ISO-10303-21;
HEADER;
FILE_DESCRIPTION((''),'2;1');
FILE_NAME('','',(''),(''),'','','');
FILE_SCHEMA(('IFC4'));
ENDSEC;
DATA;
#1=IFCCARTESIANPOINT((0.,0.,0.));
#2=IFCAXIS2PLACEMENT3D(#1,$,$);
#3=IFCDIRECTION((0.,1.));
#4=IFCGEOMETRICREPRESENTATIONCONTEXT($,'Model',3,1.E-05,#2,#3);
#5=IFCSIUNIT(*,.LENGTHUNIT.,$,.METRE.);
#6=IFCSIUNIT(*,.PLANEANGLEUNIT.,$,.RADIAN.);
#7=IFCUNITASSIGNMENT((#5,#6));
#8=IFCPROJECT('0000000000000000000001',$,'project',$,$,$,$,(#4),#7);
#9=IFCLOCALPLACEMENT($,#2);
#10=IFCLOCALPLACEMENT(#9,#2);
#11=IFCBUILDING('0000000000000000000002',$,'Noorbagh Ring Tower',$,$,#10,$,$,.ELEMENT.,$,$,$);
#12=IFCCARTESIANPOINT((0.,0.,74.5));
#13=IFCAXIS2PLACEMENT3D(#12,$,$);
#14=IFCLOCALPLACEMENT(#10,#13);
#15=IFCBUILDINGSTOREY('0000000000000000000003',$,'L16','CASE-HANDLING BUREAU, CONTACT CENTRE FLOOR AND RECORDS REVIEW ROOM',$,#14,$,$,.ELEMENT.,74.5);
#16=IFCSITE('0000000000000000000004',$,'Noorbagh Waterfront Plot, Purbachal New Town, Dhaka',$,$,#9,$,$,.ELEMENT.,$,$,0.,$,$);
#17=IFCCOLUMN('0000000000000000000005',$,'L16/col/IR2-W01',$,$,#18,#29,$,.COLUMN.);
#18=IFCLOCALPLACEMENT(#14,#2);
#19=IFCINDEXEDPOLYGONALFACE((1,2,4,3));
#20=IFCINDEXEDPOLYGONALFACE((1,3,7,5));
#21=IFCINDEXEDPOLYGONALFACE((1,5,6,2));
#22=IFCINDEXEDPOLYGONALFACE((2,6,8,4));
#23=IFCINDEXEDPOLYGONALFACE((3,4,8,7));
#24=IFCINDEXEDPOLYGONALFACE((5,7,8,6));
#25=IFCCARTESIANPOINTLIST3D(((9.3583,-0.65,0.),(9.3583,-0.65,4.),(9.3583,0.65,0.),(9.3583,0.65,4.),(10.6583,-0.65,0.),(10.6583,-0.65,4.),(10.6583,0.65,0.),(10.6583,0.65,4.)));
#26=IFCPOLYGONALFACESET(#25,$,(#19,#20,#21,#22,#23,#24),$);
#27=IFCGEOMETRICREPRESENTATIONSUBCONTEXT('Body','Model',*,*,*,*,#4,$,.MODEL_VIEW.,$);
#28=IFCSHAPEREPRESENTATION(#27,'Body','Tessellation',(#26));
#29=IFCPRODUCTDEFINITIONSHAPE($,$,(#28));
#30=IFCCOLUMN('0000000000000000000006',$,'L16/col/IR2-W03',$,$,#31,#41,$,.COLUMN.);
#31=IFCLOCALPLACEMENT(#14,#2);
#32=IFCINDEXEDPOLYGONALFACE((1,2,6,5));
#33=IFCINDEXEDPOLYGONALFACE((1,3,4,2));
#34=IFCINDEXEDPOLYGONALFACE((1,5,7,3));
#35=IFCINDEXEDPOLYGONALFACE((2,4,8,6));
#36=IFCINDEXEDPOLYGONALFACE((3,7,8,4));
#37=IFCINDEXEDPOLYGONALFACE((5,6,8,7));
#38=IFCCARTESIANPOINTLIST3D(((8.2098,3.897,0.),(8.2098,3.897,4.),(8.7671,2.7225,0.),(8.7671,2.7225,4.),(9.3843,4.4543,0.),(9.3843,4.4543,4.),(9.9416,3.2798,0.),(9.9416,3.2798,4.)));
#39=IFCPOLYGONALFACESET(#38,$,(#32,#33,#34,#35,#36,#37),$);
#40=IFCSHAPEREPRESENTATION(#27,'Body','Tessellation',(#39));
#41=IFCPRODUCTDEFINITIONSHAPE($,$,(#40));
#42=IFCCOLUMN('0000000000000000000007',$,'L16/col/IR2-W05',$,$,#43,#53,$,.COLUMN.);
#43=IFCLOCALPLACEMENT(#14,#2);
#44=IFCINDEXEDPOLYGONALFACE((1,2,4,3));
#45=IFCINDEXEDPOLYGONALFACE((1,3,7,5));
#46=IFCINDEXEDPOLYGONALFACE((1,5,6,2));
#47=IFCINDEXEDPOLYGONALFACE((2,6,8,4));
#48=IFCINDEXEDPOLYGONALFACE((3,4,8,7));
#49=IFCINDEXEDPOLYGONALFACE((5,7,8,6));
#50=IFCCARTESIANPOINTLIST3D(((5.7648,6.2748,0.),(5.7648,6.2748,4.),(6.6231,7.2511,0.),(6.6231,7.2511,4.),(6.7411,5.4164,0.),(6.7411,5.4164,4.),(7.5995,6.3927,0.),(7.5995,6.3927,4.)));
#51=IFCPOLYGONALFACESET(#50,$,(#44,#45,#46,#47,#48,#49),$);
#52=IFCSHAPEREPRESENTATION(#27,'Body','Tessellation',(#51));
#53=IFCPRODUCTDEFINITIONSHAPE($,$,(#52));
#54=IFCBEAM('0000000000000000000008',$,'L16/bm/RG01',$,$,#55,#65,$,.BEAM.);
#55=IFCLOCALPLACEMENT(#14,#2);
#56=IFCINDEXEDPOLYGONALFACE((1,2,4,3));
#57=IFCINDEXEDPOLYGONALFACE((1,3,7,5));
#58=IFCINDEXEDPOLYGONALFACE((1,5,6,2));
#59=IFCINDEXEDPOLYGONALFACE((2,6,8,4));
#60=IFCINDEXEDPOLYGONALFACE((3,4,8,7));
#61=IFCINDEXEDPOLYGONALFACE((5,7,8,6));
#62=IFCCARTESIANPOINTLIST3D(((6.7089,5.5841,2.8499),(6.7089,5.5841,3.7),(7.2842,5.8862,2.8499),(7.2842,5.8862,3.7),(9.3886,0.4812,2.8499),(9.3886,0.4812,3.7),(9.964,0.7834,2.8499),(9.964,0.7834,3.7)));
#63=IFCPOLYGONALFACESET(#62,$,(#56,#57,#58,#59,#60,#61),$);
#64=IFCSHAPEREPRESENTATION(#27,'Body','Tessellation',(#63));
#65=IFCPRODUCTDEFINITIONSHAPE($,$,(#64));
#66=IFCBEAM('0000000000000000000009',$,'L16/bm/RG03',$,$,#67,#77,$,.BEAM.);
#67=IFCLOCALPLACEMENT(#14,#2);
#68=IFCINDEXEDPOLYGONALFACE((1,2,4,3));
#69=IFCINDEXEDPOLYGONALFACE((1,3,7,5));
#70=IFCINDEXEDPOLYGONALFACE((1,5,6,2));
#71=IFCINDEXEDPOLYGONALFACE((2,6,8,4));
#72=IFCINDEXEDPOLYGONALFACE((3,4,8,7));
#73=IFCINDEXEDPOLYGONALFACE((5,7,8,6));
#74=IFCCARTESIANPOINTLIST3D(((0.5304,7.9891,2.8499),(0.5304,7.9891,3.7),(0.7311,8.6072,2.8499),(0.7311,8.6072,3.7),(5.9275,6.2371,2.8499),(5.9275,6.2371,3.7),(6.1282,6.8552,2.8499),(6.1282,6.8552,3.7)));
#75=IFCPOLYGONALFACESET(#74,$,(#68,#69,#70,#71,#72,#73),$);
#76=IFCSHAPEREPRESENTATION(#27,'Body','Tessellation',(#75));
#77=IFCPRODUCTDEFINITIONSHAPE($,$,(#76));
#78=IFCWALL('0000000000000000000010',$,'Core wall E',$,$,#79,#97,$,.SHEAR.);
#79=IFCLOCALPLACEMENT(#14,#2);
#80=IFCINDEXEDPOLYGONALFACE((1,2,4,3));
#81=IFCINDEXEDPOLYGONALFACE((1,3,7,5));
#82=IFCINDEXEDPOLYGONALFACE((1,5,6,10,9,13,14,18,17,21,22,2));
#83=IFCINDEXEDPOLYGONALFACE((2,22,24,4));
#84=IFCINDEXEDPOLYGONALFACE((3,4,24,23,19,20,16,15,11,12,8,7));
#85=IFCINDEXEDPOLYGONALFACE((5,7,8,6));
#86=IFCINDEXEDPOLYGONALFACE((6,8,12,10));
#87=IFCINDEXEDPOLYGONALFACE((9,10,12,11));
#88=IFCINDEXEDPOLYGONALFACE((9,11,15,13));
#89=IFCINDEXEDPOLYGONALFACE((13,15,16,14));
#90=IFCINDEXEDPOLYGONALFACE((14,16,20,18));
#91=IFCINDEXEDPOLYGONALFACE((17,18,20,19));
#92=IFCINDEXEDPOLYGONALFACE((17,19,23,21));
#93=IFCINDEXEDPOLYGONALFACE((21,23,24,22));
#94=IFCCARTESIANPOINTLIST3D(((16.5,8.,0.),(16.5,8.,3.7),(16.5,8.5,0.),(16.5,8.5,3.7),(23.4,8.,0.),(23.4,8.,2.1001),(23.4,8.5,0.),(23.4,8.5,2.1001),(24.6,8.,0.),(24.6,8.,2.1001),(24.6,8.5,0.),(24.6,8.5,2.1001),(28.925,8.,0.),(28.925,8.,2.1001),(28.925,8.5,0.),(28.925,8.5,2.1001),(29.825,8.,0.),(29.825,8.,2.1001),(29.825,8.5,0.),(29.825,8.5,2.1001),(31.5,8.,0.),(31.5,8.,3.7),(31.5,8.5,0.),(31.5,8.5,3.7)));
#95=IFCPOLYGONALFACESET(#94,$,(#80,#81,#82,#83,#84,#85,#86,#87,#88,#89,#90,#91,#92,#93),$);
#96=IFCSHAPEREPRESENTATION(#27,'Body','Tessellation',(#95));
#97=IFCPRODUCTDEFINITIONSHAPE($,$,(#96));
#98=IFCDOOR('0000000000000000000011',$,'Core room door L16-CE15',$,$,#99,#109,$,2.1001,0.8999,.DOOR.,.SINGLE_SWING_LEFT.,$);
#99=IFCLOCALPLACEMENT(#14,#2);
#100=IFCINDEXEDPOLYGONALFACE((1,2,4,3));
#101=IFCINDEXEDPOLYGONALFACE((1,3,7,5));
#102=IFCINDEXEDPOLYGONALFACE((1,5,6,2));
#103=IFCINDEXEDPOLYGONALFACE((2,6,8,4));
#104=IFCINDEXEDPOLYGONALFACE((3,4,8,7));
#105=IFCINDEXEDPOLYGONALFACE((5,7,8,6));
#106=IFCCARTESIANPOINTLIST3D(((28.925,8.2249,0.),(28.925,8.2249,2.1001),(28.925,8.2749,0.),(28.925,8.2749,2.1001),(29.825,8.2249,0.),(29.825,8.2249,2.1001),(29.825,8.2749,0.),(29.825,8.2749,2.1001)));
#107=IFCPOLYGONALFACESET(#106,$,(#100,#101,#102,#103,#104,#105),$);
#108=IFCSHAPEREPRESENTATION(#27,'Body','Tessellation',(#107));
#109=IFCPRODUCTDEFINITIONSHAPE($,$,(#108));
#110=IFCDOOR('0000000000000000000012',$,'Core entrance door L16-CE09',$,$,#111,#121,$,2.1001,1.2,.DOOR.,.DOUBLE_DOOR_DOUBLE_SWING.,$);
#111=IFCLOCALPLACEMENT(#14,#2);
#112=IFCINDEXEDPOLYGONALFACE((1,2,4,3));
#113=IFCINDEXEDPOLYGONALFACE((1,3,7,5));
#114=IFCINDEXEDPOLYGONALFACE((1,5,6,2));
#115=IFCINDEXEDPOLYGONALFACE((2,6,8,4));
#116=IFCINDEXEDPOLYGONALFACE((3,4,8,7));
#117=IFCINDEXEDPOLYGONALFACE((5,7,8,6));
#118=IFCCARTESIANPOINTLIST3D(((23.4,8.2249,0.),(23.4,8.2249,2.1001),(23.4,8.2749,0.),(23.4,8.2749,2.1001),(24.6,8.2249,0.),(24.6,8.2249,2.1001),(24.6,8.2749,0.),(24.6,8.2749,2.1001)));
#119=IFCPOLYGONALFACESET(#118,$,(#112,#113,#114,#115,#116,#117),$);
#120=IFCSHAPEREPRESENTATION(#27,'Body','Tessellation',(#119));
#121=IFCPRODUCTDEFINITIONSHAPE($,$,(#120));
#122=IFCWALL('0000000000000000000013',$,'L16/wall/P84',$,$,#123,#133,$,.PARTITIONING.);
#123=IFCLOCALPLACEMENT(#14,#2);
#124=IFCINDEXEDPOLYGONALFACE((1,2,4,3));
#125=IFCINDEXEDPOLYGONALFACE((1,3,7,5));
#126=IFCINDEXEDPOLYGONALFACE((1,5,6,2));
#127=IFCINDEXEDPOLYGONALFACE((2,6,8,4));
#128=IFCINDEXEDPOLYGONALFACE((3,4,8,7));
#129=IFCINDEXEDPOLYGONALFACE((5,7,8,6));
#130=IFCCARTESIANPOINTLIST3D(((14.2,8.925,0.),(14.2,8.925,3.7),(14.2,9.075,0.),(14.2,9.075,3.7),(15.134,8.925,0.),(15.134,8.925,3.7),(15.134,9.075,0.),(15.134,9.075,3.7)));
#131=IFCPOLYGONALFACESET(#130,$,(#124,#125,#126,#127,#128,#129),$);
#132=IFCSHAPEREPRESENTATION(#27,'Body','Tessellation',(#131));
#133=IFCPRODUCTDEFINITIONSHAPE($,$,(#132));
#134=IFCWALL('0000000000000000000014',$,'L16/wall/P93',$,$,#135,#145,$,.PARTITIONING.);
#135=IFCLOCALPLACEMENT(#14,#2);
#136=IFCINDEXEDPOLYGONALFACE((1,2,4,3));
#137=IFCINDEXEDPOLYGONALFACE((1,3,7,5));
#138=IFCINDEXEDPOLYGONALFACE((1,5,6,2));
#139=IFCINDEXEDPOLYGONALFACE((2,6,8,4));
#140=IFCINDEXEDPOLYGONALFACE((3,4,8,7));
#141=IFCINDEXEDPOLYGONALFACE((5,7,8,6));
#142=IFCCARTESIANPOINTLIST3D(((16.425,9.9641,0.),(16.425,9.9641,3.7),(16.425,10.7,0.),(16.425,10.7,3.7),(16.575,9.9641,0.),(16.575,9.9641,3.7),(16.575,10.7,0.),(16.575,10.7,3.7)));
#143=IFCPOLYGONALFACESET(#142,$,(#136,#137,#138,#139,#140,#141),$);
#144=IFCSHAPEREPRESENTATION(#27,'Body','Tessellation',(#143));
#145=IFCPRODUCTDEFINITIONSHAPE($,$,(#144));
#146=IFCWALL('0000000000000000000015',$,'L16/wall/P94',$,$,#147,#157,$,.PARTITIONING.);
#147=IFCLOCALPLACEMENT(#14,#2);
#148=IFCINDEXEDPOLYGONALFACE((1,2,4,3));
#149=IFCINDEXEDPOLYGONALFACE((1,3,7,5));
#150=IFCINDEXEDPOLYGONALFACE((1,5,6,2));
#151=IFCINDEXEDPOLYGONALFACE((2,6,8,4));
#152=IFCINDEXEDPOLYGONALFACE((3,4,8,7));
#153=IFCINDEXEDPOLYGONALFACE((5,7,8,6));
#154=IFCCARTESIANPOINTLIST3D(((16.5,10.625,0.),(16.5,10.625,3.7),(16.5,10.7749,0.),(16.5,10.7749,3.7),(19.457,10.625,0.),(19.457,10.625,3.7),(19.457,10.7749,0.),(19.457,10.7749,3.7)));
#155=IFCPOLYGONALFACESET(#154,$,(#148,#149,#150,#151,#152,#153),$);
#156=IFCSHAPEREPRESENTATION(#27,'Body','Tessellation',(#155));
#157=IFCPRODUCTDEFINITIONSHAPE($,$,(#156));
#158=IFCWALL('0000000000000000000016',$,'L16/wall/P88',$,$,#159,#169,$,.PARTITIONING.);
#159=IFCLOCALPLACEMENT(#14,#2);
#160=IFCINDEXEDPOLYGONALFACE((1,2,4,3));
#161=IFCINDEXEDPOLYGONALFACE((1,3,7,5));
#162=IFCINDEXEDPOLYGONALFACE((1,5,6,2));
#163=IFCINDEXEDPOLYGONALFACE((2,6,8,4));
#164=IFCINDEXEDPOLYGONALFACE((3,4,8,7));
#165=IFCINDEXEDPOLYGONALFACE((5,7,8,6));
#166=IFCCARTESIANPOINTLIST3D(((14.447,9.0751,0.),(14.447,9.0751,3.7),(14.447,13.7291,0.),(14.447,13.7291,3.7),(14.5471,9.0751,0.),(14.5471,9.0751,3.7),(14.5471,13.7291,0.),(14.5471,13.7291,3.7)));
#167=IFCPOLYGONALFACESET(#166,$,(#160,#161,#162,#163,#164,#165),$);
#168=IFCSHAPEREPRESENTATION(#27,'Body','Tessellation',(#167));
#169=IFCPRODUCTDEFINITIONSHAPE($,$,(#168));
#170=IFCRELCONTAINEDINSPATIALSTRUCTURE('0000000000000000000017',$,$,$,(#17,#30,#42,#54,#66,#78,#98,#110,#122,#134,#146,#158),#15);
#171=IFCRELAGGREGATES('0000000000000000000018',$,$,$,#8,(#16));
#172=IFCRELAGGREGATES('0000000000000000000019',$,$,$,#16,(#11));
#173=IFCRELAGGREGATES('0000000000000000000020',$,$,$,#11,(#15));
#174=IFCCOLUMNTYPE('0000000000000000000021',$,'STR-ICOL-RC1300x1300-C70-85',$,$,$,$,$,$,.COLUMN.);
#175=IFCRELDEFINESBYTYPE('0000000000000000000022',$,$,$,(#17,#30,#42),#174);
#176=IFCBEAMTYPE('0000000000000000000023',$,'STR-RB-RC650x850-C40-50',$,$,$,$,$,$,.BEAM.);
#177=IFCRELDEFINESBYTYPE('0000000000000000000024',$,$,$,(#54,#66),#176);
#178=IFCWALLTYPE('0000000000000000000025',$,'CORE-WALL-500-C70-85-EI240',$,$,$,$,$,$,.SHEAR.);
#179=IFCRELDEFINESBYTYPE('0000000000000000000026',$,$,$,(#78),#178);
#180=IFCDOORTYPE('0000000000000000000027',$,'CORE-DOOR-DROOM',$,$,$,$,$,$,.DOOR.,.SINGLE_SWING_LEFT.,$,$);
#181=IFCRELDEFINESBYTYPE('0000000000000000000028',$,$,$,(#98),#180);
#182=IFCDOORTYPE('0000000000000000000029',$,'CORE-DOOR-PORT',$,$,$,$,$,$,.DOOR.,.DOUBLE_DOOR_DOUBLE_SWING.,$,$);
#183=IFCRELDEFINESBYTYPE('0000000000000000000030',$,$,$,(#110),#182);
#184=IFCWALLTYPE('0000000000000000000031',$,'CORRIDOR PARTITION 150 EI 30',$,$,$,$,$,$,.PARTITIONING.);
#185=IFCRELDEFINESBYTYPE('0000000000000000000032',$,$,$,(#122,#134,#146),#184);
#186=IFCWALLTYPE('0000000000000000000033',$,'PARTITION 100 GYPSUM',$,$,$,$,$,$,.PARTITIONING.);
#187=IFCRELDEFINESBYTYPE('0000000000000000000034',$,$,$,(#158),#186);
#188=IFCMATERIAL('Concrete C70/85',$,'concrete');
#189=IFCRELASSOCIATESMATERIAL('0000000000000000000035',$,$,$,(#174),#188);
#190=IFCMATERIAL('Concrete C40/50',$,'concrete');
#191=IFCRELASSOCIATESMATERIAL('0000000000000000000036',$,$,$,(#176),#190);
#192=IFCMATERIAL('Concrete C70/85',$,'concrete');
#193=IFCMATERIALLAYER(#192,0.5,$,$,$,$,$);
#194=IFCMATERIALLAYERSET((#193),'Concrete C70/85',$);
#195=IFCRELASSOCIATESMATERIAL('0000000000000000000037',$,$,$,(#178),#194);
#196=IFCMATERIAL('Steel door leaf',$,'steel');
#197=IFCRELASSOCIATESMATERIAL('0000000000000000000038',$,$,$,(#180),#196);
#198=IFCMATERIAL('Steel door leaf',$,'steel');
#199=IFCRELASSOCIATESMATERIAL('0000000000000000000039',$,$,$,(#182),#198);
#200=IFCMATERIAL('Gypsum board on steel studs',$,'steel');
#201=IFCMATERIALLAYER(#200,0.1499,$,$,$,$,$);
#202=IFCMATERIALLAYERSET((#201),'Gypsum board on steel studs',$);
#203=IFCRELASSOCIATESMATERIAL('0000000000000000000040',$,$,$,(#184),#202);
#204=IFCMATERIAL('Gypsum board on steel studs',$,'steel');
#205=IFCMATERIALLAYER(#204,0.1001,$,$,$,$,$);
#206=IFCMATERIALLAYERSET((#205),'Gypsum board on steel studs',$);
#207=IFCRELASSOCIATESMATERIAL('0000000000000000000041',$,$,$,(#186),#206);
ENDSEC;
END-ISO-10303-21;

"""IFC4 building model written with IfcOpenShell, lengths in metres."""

from ifc_helpers import new_model, si_unit, direction, frame, frame_2d, origin, origin_2d, place, context, subcontext, project, spatial, rectangle, extrude, material, layer, layer_set, material_profile, profile_set, type_object, element, fill, save


model = new_model("IFC4")

# Units and contexts
model_context = context("Model", 3, precision=1e-05, world=origin(), true_north=direction((0.0, 1.0)))
body_context = subcontext(model_context, "Body", "Model", "MODEL_VIEW")
ifc_project = project(units=[si_unit("LENGTHUNIT", "METRE"), si_unit("PLANEANGLEUNIT", "RADIAN")], contexts=[model_context])

# Site, building, storey
site_placement = place(None, origin())
site = spatial("IfcSite", under=ifc_project, at=site_placement, Name="Noorbagh Waterfront Plot, Purbachal New Town, Dhaka", CompositionType="ELEMENT", RefElevation=0.0)
building_placement = place(site_placement, origin())
building = spatial("IfcBuilding", under=site, at=building_placement, Name="Noorbagh Ring Tower", CompositionType="ELEMENT")
storey_placement = place(building_placement, frame((0.0, 0.0, 74.5)))
storey = spatial("IfcBuildingStorey", under=building, at=storey_placement, Name="L16", Description="CASE-HANDLING BUREAU, CONTACT CENTRE FLOOR AND RECORDS REVIEW ROOM", CompositionType="ELEMENT", Elevation=74.5)

# Columns
ifc_material_1 = material(Name="Concrete C70/85", Category="concrete")
ifc_material_profile_1 = material_profile(ifc_material_1, rectangle(XDim=1.3, YDim=1.3, at=origin_2d()), Name="RC1300x1300")
ifc_profile_set_1 = profile_set([ifc_material_profile_1], Name="Concrete C70/85")
column_type = type_object("IfcColumnType", Name="STR-ICOL-RC1300x1300-C70-85", PredefinedType="COLUMN", material=ifc_profile_set_1)
for number, where, z_axis, x_axis, name in (
    (1, (10.0083, 0.0, 0.0), (0.0, 0.0, 1.0), (0.0, 1.0, 0.0), "L16/col/IR2-W01"),
    (2, (9.0757, 3.5884, 0.0), (0.0, 0.0, 1.0), (-0.428667, 0.903463, 0.0), "L16/col/IR2-W03"),
    (3, (6.6821, 6.3337, 0.0), (0.0, 0.0, 1.0), (-0.751022, 0.660277, 0.0), "L16/col/IR2-W05"),
):
    element("IfcColumn", number, at=place(storey_placement, frame(where, z_axis=z_axis, x_axis=x_axis)), inside=storey, type_object=column_type, Name=name, PredefinedType="COLUMN", context=body_context, shape_type="SweptSolid", body=[
        extrude(rectangle(XDim=1.3, YDim=1.3, at=origin_2d()), origin(), (0.0, 0.0, 1.0), 4.0),
    ])

# Beams
ifc_material_2 = material(Name="Concrete C40/50", Category="concrete")
ifc_material_profile_2 = material_profile(ifc_material_2, rectangle(XDim=0.6499, YDim=0.8501, at=origin_2d()), Name="RC650x850")
ifc_profile_set_2 = profile_set([ifc_material_profile_2], Name="Concrete C40/50")
beam_type = type_object("IfcBeamType", Name="STR-RB-RC650x850-C40-50", PredefinedType="BEAM", material=ifc_profile_set_2)
beam_1_placement = place(storey_placement, frame((9.6763, 0.6323, 3.2749), z_axis=(-0.464933, 0.885346, 0.0), x_axis=(-0.885346, -0.464933, 0.0)))
element("IfcBeam", 4, at=beam_1_placement, inside=storey, type_object=beam_type, Name="L16/bm/RG01", PredefinedType="BEAM", context=body_context, shape_type="SweptSolid", body=[
    extrude(rectangle(XDim=0.6499, YDim=0.8501, at=origin_2d()), origin(), (0.0, 0.0, 1.0), 5.7637),
])
beam_2_placement = place(storey_placement, frame((6.0278, 6.5461, 3.2749), z_axis=(-0.951141, 0.308757, 0.0), x_axis=(-0.308757, -0.951141, 0.0)))
element("IfcBeam", 5, at=beam_2_placement, inside=storey, type_object=beam_type, Name="L16/bm/RG03", PredefinedType="BEAM", context=body_context, shape_type="SweptSolid", body=[
    extrude(rectangle(XDim=0.6499, YDim=0.8501, at=origin_2d()), origin(), (0.0, 0.0, 1.0), 5.6743),
])

# Wall, openings, doors
ifc_material_3 = material(Name="Concrete C70/85", Category="concrete")
ifc_layer_1 = layer(ifc_material_3, 0.5)
ifc_layer_set_1 = layer_set([ifc_layer_1], Name="Concrete C70/85")
wall_type_1 = type_object("IfcWallType", Name="CORE-WALL-500-C70-85-EI240", PredefinedType="SHEAR", material=ifc_layer_set_1)
wall_1_placement = place(storey_placement, frame((16.5, 8.25, 0.0), z_axis=(0.0, 0.0, 1.0), x_axis=(1.0, 0.0, 0.0)))
wall_1 = element("IfcWall", 6, at=wall_1_placement, inside=storey, type_object=wall_type_1, Name="Core wall E", PredefinedType="SHEAR", context=body_context, shape_type="SweptSolid", body=[
    extrude(rectangle(XDim=15.0, YDim=0.5, at=frame_2d((7.5, 0.0))), origin(), (0.0, 0.0, 1.0), 3.7),
])
opening_1_placement = place(wall_1_placement, frame((6.8999, 0.0, 0.0)))
opening_1 = element("IfcOpeningElement", 7, at=opening_1_placement, cuts=wall_1, PredefinedType="OPENING", context=body_context, shape_type="SweptSolid", body=[
    extrude(rectangle(XDim=1.2, YDim=2.1001, at=frame_2d((0.6001, 1.05))), frame((0.0, 0.26, 0.0), z_axis=(0.0, -1.0, 0.0), x_axis=(1.0, 0.0, 0.0)), (0.0, 0.0, 1.0), 0.52),
])
opening_2_placement = place(wall_1_placement, frame((12.425, 0.0, 0.0)))
opening_2 = element("IfcOpeningElement", 8, at=opening_2_placement, cuts=wall_1, PredefinedType="OPENING", context=body_context, shape_type="SweptSolid", body=[
    extrude(rectangle(XDim=0.8999, YDim=2.1001, at=frame_2d((0.45, 1.05))), frame((0.0, 0.26, 0.0), z_axis=(0.0, -1.0, 0.0), x_axis=(1.0, 0.0, 0.0)), (0.0, 0.0, 1.0), 0.52),
])
ifc_material_4 = material(Name="Steel door leaf", Category="steel")
door_type_1 = type_object("IfcDoorType", Name="CORE-DOOR-DROOM", OperationType="SINGLE_SWING_LEFT", PredefinedType="DOOR", material=ifc_material_4)
door_1_placement = place(opening_2_placement, origin())
door_1 = element("IfcDoor", 9, at=door_1_placement, inside=storey, type_object=door_type_1, Name="Core room door L16-CE15", OperationType="SINGLE_SWING_LEFT", OverallHeight=2.1001, OverallWidth=0.8999, PredefinedType="DOOR", context=body_context, shape_type="SweptSolid", body=[
    extrude(rectangle(XDim=0.8999, YDim=2.1001, at=frame_2d((0.45, 1.05))), frame((0.0, 0.0249, 0.0), z_axis=(0.0, -1.0, 0.0), x_axis=(1.0, 0.0, 0.0)), (0.0, 0.0, 1.0), 0.05),
])
fill(opening_2, door_1)
ifc_material_5 = material(Name="Steel door leaf", Category="steel")
door_type_2 = type_object("IfcDoorType", Name="CORE-DOOR-PORT", OperationType="DOUBLE_DOOR_DOUBLE_SWING", PredefinedType="DOOR", material=ifc_material_5)
door_2_placement = place(opening_1_placement, origin())
door_2 = element("IfcDoor", 10, at=door_2_placement, inside=storey, type_object=door_type_2, Name="Core entrance door L16-CE09", OperationType="DOUBLE_DOOR_DOUBLE_SWING", OverallHeight=2.1001, OverallWidth=1.2, PredefinedType="DOOR", context=body_context, shape_type="SweptSolid", body=[
    extrude(rectangle(XDim=1.2, YDim=2.1001, at=frame_2d((0.6001, 1.05))), frame((0.0, 0.0249, 0.0), z_axis=(0.0, -1.0, 0.0), x_axis=(1.0, 0.0, 0.0)), (0.0, 0.0, 1.0), 0.05),
])
fill(opening_1, door_2)

# Walls
ifc_material_6 = material(Name="Gypsum board on steel studs", Category="steel")
ifc_layer_2 = layer(ifc_material_6, 0.1499)
ifc_layer_set_2 = layer_set([ifc_layer_2], Name="Gypsum board on steel studs")
wall_type_2 = type_object("IfcWallType", Name="CORRIDOR PARTITION 150 EI 30", PredefinedType="PARTITIONING", material=ifc_layer_set_2)
wall_2_placement = place(storey_placement, frame((14.2, 9.0, 0.0), z_axis=(0.0, 0.0, 1.0), x_axis=(1.0, 0.0, 0.0)))
element("IfcWall", 11, at=wall_2_placement, inside=storey, type_object=wall_type_2, Name="L16/wall/P84", PredefinedType="PARTITIONING", context=body_context, shape_type="SweptSolid", body=[
    extrude(rectangle(XDim=0.9341, YDim=0.1499, at=frame_2d((0.467, 0.0))), origin(), (0.0, 0.0, 1.0), 3.7),
])
wall_3_placement = place(storey_placement, frame((16.5, 9.9641, 0.0), z_axis=(0.0, 0.0, 1.0), x_axis=(0.0, 1.0, 0.0)))
element("IfcWall", 12, at=wall_3_placement, inside=storey, type_object=wall_type_2, Name="L16/wall/P93", PredefinedType="PARTITIONING", context=body_context, shape_type="SweptSolid", body=[
    extrude(rectangle(XDim=0.7358, YDim=0.1499, at=frame_2d((0.3679, 0.0))), origin(), (0.0, 0.0, 1.0), 3.7),
])
wall_4_placement = place(storey_placement, frame((16.5, 10.7, 0.0), z_axis=(0.0, 0.0, 1.0), x_axis=(1.0, 0.0, 0.0)))
element("IfcWall", 13, at=wall_4_placement, inside=storey, type_object=wall_type_2, Name="L16/wall/P94", PredefinedType="PARTITIONING", context=body_context, shape_type="SweptSolid", body=[
    extrude(rectangle(XDim=2.957, YDim=0.1499, at=frame_2d((1.4785, 0.0))), origin(), (0.0, 0.0, 1.0), 3.7),
])
ifc_material_7 = material(Name="Gypsum board on steel studs", Category="steel")
ifc_layer_3 = layer(ifc_material_7, 0.1001)
ifc_layer_set_3 = layer_set([ifc_layer_3], Name="Gypsum board on steel studs")
wall_type_3 = type_object("IfcWallType", Name="PARTITION 100 GYPSUM", PredefinedType="PARTITIONING", material=ifc_layer_set_3)
wall_5_placement = place(storey_placement, frame((14.4971, 9.075, 0.0), z_axis=(0.0, 0.0, 1.0), x_axis=(0.0, 1.0, 0.0)))
element("IfcWall", 14, at=wall_5_placement, inside=storey, type_object=wall_type_3, Name="L16/wall/P88", PredefinedType="PARTITIONING", context=body_context, shape_type="SweptSolid", body=[
    extrude(rectangle(XDim=4.6541, YDim=0.1001, at=frame_2d((2.3271, 0.0))), origin(), (0.0, 0.0, 1.0), 3.7),
])

save(model, "model.ifc")
